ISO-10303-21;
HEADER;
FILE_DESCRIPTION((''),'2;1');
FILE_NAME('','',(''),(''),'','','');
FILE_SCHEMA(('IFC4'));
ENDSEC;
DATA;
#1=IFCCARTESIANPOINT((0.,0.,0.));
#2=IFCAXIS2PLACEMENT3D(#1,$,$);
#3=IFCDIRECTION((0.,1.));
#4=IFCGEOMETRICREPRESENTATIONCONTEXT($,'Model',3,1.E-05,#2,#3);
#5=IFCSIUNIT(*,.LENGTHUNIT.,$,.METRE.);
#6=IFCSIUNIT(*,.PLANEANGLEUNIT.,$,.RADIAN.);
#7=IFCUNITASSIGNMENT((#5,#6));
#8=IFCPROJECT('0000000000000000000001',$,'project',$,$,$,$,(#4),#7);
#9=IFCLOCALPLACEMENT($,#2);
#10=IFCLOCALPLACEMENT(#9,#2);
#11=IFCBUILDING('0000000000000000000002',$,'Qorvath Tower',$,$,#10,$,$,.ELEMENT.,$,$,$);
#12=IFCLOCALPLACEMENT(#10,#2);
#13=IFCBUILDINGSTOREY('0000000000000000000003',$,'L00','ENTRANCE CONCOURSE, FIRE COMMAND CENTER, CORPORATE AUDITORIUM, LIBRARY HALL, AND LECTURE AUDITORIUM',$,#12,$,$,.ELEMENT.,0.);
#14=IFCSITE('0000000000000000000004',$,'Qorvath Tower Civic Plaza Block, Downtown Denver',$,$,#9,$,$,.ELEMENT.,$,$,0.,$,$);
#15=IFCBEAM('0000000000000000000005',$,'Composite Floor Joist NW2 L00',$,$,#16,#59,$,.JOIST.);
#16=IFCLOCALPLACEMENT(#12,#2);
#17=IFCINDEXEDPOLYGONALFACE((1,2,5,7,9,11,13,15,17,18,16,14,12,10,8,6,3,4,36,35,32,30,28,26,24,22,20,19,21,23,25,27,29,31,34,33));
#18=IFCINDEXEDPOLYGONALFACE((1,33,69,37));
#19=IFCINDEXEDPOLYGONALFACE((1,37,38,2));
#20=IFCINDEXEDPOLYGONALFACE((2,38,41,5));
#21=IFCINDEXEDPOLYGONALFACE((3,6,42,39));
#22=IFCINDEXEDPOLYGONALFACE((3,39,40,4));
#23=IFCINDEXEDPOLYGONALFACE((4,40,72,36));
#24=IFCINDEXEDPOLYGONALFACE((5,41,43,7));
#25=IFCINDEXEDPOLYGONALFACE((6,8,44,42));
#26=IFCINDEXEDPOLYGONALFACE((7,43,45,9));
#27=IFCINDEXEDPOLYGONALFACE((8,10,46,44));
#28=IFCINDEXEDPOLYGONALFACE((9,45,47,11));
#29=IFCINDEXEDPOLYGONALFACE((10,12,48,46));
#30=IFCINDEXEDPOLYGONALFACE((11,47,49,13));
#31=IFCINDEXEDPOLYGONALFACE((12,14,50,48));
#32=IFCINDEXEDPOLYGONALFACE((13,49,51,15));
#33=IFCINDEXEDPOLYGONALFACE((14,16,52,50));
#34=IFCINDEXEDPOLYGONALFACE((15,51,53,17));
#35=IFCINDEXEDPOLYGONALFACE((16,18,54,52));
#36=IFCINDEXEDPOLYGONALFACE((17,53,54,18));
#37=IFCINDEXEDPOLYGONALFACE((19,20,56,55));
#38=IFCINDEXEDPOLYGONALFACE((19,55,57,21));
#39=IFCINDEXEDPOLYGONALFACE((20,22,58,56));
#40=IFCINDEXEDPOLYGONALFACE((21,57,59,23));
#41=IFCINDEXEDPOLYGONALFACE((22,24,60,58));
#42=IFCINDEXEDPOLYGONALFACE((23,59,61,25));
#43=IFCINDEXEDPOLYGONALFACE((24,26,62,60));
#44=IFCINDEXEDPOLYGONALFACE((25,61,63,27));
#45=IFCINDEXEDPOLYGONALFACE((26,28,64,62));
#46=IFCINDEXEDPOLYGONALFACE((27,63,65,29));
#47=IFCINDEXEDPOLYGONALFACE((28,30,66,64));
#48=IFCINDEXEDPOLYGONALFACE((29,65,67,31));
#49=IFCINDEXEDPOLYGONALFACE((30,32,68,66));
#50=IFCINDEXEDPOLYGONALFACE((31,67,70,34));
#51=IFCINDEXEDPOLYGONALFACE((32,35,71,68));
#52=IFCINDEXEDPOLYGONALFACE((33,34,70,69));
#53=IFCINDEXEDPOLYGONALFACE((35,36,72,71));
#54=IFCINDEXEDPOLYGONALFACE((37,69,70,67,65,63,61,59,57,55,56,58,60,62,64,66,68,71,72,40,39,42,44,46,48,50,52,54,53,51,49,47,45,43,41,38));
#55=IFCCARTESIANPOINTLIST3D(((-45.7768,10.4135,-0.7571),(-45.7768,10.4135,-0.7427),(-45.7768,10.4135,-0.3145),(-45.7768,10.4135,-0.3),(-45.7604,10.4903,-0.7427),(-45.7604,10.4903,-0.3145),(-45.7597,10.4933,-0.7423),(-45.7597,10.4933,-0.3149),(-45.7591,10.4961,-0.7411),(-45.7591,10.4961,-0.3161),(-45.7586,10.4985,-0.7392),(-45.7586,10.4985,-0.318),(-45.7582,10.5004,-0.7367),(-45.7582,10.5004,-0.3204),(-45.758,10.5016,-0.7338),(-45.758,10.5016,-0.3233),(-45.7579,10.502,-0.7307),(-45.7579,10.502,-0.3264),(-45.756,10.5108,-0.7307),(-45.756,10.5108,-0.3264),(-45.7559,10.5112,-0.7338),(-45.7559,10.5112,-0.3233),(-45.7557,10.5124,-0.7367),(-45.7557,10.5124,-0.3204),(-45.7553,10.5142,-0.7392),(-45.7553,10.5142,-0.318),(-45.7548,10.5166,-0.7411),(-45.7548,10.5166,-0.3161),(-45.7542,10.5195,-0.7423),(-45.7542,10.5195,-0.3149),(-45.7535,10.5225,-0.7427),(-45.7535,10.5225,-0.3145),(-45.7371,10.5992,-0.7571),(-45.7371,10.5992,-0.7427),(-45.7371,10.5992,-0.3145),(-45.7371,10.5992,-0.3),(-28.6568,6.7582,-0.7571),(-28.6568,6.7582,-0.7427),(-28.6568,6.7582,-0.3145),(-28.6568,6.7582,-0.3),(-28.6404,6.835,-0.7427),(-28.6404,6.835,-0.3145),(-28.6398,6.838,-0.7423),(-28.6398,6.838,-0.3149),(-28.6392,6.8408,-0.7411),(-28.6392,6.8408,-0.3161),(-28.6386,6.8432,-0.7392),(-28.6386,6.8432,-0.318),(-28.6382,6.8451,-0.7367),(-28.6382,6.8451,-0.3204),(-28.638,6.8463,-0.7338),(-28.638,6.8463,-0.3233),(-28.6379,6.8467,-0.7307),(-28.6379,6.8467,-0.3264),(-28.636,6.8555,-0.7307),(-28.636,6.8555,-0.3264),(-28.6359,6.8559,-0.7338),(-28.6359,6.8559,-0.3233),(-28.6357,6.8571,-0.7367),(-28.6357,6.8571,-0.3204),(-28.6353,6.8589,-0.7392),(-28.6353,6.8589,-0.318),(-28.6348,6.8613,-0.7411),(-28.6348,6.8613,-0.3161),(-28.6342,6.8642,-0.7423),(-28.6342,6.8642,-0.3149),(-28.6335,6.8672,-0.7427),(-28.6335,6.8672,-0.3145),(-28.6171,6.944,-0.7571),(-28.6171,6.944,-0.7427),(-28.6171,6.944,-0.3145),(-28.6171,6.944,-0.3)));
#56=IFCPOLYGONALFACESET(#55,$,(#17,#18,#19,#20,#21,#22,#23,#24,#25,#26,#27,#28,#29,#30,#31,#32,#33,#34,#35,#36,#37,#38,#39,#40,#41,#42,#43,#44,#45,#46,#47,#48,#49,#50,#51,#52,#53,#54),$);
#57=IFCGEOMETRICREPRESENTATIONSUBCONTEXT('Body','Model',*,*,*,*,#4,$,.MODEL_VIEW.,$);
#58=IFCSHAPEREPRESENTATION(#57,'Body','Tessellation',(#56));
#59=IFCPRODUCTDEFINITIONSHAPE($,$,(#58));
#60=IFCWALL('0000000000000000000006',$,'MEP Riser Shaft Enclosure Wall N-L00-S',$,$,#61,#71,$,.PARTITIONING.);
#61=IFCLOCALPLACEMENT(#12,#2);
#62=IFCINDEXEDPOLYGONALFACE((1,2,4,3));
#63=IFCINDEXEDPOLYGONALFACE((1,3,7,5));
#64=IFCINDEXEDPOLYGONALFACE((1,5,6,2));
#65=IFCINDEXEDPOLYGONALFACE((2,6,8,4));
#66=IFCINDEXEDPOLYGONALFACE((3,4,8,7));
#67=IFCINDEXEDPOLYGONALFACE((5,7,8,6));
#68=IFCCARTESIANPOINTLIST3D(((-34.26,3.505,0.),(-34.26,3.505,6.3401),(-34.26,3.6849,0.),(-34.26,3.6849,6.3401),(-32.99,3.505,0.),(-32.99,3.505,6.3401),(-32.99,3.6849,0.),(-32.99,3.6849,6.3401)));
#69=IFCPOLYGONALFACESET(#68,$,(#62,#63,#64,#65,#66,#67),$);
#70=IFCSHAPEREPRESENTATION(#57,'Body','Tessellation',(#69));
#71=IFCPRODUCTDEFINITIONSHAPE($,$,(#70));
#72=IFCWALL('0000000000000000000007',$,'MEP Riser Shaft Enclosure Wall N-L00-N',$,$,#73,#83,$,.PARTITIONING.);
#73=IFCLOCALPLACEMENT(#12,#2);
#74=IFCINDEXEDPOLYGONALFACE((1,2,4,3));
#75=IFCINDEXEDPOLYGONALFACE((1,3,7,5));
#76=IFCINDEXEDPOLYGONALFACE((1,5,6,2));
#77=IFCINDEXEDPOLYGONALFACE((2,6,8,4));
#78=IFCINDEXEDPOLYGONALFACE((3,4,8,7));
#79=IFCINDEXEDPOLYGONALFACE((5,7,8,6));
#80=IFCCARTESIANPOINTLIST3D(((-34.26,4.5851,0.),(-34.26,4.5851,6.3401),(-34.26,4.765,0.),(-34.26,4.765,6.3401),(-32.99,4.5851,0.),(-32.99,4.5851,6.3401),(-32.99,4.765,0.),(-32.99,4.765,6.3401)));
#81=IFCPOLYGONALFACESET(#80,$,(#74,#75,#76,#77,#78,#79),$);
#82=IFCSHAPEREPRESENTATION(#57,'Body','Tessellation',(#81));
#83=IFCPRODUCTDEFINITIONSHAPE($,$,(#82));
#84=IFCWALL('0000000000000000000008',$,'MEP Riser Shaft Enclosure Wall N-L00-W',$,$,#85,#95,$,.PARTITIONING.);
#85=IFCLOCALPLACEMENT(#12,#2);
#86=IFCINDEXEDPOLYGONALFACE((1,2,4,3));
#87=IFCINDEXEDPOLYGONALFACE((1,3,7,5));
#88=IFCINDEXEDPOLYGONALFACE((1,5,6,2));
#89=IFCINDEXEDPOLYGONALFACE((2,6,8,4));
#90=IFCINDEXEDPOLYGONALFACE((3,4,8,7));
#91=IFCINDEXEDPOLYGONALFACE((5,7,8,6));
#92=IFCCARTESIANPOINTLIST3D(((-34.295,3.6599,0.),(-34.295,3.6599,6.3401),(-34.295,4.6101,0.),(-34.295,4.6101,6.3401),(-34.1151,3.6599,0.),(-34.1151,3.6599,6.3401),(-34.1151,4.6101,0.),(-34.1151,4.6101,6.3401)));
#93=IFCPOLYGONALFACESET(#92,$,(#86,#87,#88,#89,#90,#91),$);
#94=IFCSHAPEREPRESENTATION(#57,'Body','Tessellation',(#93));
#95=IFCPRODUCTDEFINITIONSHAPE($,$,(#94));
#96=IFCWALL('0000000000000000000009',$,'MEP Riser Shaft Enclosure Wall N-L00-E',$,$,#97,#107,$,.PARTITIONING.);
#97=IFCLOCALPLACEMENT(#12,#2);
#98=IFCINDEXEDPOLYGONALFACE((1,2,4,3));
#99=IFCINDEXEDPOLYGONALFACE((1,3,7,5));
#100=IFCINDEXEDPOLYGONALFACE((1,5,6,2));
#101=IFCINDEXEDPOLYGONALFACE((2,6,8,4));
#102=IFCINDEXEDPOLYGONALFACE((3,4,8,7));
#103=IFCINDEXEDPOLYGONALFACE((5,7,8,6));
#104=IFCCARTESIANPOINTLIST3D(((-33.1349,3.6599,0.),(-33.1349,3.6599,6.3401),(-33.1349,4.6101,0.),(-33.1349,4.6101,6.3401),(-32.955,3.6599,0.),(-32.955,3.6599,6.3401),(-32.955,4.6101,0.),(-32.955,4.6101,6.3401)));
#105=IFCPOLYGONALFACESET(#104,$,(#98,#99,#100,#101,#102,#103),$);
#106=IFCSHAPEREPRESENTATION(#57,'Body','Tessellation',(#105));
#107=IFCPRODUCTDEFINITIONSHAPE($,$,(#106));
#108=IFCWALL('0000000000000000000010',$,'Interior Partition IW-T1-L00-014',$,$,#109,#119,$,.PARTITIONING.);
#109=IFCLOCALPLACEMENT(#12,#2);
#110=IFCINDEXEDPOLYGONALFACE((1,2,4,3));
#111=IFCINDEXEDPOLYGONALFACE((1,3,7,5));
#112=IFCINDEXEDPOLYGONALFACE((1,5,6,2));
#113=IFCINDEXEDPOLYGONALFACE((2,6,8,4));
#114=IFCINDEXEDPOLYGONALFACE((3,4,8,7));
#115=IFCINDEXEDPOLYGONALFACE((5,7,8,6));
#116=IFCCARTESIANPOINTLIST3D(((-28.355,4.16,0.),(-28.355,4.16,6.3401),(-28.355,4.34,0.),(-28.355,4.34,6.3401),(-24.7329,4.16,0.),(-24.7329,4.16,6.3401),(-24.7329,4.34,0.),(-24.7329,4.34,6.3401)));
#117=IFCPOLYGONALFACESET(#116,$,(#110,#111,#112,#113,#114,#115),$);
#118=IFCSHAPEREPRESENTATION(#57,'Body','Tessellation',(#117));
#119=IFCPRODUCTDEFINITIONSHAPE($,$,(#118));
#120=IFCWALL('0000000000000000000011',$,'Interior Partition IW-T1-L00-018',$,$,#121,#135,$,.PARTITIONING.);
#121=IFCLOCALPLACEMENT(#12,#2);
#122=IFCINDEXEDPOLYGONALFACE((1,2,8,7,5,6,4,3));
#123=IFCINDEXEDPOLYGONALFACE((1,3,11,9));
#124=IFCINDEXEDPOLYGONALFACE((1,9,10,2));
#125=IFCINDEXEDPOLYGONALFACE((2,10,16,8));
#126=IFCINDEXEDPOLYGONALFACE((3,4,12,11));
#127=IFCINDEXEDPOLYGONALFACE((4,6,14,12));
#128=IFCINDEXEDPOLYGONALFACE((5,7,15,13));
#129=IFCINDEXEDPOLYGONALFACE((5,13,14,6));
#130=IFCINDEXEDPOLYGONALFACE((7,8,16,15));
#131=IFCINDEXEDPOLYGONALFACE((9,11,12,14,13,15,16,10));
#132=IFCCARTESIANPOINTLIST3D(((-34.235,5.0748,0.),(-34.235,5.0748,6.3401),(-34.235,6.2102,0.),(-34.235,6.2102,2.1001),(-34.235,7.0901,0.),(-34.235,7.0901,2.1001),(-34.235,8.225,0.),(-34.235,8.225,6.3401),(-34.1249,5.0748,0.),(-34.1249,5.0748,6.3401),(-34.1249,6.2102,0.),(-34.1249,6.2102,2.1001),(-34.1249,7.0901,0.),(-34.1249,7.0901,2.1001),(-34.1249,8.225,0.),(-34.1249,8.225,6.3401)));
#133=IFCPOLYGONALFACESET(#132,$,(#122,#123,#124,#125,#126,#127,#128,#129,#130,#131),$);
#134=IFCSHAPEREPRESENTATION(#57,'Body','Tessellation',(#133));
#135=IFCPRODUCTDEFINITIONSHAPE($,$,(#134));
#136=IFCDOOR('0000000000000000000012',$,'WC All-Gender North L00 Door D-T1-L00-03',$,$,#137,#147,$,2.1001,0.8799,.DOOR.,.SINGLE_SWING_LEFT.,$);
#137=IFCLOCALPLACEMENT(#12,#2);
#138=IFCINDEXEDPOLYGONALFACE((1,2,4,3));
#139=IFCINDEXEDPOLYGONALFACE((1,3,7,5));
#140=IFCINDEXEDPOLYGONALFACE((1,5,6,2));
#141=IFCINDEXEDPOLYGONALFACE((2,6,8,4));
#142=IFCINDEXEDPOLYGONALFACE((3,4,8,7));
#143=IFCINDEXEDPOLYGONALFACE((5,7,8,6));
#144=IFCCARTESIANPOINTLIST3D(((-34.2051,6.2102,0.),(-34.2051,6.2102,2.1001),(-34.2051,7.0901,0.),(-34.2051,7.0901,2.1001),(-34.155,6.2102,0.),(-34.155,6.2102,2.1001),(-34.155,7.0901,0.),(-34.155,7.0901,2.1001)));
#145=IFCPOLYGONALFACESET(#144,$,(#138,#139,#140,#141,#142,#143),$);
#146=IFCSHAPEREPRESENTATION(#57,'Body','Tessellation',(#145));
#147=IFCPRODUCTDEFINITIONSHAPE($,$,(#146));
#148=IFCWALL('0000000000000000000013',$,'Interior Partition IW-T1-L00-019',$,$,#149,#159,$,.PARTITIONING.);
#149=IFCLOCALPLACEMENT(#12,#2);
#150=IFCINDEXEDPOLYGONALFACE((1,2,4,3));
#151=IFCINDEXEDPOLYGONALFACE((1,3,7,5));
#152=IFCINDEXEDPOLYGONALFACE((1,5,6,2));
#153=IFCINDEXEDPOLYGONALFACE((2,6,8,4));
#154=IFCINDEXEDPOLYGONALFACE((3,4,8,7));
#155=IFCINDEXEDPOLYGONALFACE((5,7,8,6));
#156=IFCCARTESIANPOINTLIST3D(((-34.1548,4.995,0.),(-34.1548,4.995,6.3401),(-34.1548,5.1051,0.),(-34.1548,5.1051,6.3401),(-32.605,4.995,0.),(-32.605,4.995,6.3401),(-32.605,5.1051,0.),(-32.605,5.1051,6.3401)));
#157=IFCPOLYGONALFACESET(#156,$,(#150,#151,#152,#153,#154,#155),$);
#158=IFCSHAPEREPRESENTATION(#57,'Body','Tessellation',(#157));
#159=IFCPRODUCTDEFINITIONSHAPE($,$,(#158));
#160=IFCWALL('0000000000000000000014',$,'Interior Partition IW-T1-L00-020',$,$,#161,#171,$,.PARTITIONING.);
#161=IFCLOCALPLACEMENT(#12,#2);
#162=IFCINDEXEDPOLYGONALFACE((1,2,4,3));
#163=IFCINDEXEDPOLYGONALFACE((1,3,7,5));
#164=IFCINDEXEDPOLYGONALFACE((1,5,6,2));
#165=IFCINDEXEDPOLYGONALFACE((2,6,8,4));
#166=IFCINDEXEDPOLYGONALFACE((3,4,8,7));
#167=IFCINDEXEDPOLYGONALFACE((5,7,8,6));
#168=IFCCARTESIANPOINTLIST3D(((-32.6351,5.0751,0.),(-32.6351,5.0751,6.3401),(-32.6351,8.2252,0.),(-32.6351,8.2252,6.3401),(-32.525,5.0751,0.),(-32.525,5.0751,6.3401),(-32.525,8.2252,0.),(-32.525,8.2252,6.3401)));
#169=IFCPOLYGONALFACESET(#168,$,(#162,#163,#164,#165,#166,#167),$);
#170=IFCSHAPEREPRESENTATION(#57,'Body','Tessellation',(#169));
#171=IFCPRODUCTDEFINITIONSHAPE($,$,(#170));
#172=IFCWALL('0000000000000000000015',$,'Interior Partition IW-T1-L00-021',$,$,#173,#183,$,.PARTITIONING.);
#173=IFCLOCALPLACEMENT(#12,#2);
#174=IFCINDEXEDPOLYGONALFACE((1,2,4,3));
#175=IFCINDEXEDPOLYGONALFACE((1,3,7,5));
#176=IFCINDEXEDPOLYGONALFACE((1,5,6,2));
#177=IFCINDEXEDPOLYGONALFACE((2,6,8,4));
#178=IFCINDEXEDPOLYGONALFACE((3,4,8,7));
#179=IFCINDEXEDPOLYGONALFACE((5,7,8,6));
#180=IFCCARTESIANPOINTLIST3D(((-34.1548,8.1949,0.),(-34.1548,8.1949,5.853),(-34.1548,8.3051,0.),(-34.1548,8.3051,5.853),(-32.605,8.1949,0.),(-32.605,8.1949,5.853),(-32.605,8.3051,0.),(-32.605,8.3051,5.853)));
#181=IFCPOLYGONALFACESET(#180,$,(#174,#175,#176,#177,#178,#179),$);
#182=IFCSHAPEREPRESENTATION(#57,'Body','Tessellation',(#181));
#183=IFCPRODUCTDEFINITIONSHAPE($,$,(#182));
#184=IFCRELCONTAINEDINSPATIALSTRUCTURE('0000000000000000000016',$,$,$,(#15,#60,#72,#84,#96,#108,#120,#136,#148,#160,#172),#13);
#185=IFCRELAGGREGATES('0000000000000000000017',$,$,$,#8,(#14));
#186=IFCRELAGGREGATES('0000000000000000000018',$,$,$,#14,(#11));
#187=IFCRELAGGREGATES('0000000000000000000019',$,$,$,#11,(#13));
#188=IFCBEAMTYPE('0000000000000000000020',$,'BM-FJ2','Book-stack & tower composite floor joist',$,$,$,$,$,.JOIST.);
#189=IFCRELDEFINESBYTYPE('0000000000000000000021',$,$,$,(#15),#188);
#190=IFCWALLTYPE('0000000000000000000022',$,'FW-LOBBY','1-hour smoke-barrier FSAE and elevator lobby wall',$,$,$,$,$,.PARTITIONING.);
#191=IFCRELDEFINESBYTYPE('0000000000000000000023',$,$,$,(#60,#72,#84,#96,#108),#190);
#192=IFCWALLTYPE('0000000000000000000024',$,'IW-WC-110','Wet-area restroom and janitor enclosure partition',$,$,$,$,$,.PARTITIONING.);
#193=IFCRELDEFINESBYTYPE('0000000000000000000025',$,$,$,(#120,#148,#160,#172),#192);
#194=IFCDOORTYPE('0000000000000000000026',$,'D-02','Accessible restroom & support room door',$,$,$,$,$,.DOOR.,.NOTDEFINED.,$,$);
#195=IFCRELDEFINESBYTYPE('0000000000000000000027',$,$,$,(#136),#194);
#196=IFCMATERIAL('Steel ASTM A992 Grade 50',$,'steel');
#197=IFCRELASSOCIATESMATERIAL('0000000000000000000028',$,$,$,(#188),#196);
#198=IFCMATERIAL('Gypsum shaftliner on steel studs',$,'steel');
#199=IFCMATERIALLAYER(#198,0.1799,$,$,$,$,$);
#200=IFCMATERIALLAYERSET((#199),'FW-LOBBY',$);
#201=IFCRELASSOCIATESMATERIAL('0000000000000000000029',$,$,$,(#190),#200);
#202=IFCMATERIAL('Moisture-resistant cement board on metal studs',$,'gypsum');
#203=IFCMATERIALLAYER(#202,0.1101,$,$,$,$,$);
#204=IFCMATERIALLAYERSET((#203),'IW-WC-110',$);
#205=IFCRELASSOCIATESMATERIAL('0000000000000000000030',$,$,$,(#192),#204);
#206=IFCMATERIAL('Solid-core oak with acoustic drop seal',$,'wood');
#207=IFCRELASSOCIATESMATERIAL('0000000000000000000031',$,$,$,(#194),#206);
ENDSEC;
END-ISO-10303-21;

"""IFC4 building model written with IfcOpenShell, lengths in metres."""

from ifc_helpers import new_model, si_unit, direction, frame, frame_2d, origin, origin_2d, place, context, subcontext, project, spatial, rectangle, i_section, extrude, material, layer, layer_set, material_profile, profile_set, type_object, element, fill, save


model = new_model("IFC4")

# Units and contexts
model_context = context("Model", 3, precision=1e-05, world=origin(), true_north=direction((0.0, 1.0)))
body_context = subcontext(model_context, "Body", "Model", "MODEL_VIEW")
ifc_project = project(units=[si_unit("LENGTHUNIT", "METRE"), si_unit("PLANEANGLEUNIT", "RADIAN")], contexts=[model_context])

# Site, building, storey
site_placement = place(None, origin())
site = spatial("IfcSite", under=ifc_project, at=site_placement, Name="Qorvath Tower Civic Plaza Block, Downtown Denver", CompositionType="ELEMENT", RefElevation=0.0)
building_placement = place(site_placement, origin())
building = spatial("IfcBuilding", under=site, at=building_placement, Name="Qorvath Tower", CompositionType="ELEMENT")
storey_placement = place(building_placement, origin())
storey = spatial("IfcBuildingStorey", under=building, at=storey_placement, Name="L00", Description="ENTRANCE CONCOURSE, FIRE COMMAND CENTER, CORPORATE AUDITORIUM, LIBRARY HALL, AND LECTURE AUDITORIUM", CompositionType="ELEMENT", Elevation=0.0)

# Beam
ifc_material_1 = material(Name="Steel ASTM A992 Grade 50", Category="steel")
ifc_material_profile_1 = material_profile(ifc_material_1, i_section(OverallWidth=0.1899, OverallDepth=0.457, WebThickness=0.009, FlangeThickness=0.0144, FilletRadius=0.012, at=origin_2d()), Name="W18x50")
ifc_profile_set_1 = profile_set([ifc_material_profile_1], Name="Steel ASTM A992 Grade 50")
beam_type_1 = type_object("IfcBeamType", Name="BM-FJ2", Description="Book-stack & tower composite floor joist", PredefinedType="JOIST", material=ifc_profile_set_1)
beam_1_placement = place(storey_placement, frame((-28.637, 6.8511, -0.5286), z_axis=(-0.977957, 0.208804, 0.0), x_axis=(-0.208804, -0.977957, 0.0)))
element("IfcBeam", 1, at=beam_1_placement, inside=storey, type_object=beam_type_1, Name="Composite Floor Joist NW2 L00", PredefinedType="JOIST", context=body_context, shape_type="SweptSolid", body=[
    extrude(i_section(OverallWidth=0.1899, OverallDepth=0.457, WebThickness=0.009, FlangeThickness=0.0144, FilletRadius=0.012, at=origin_2d()), origin(), (0.0, 0.0, 1.0), 17.5059),
])

# Walls
ifc_material_2 = material(Name="Gypsum shaftliner on steel studs", Category="steel")
ifc_layer_1 = layer(ifc_material_2, 0.1799)
ifc_layer_set_1 = layer_set([ifc_layer_1], Name="FW-LOBBY")
wall_type_1 = type_object("IfcWallType", Name="FW-LOBBY", Description="1-hour smoke-barrier FSAE and elevator lobby wall", PredefinedType="PARTITIONING", material=ifc_layer_set_1)
for number, where, z_axis, x_axis, name in (
    (2, (-32.99, 3.595, 0.0), (0.0, 0.0, 1.0), (-1.0, 0.0, 0.0), "MEP Riser Shaft Enclosure Wall N-L00-S"),
    (3, (-34.26, 4.675, 0.0), (0.0, 0.0, 1.0), (1.0, 0.0, 0.0), "MEP Riser Shaft Enclosure Wall N-L00-N"),
):
    element("IfcWall", number, at=place(storey_placement, frame(where, z_axis=z_axis, x_axis=x_axis)), inside=storey, type_object=wall_type_1, Name=name, PredefinedType="PARTITIONING", context=body_context, shape_type="SweptSolid", body=[
        extrude(rectangle(XDim=1.27, YDim=0.1799, at=frame_2d((0.635, 0.0))), origin(), (0.0, 0.0, 1.0), 6.3401),
    ])
for number, where, z_axis, x_axis, name in (
    (4, (-34.2051, 3.6599, 0.0), (0.0, 0.0, 1.0), (0.0, 1.0, 0.0), "MEP Riser Shaft Enclosure Wall N-L00-W"),
    (5, (-33.0449, 4.6101, 0.0), (0.0, 0.0, 1.0), (0.0, -1.0, 0.0), "MEP Riser Shaft Enclosure Wall N-L00-E"),
):
    element("IfcWall", number, at=place(storey_placement, frame(where, z_axis=z_axis, x_axis=x_axis)), inside=storey, type_object=wall_type_1, Name=name, PredefinedType="PARTITIONING", context=body_context, shape_type="SweptSolid", body=[
        extrude(rectangle(XDim=0.9502, YDim=0.1799, at=frame_2d((0.4751, 0.0))), origin(), (0.0, 0.0, 1.0), 6.3401),
    ])
wall_1_placement = place(storey_placement, frame((-28.355, 4.25, 0.0), z_axis=(0.0, 0.0, 1.0), x_axis=(1.0, 0.0, 0.0)))
element("IfcWall", 6, at=wall_1_placement, inside=storey, type_object=wall_type_1, Name="Interior Partition IW-T1-L00-014", PredefinedType="PARTITIONING", context=body_context, shape_type="SweptSolid", body=[
    extrude(rectangle(XDim=3.6221, YDim=0.1799, at=frame_2d((1.811, 0.0))), origin(), (0.0, 0.0, 1.0), 6.3401),
])

# Wall, opening, door
ifc_material_3 = material(Name="Moisture-resistant cement board on metal studs", Category="gypsum")
ifc_layer_2 = layer(ifc_material_3, 0.1101)
ifc_layer_set_2 = layer_set([ifc_layer_2], Name="IW-WC-110")
wall_type_2 = type_object("IfcWallType", Name="IW-WC-110", Description="Wet-area restroom and janitor enclosure partition", PredefinedType="PARTITIONING", material=ifc_layer_set_2)
wall_2_placement = place(storey_placement, frame((-34.1799, 8.2251, 0.0), z_axis=(0.0, 0.0, 1.0), x_axis=(0.0, -1.0, 0.0)))
wall_2 = element("IfcWall", 7, at=wall_2_placement, inside=storey, type_object=wall_type_2, Name="Interior Partition IW-T1-L00-018", PredefinedType="PARTITIONING", context=body_context, shape_type="SweptSolid", body=[
    extrude(rectangle(XDim=3.1501, YDim=0.1101, at=frame_2d((1.5752, 0.0))), origin(), (0.0, 0.0, 1.0), 6.3401),
])
opening_1_placement = place(wall_2_placement, frame((1.135, 0.0, 0.0)))
opening_1 = element("IfcOpeningElement", 8, at=opening_1_placement, cuts=wall_2, PredefinedType="OPENING", context=body_context, shape_type="SweptSolid", body=[
    extrude(rectangle(XDim=0.8799, YDim=2.1001, at=frame_2d((0.4399, 1.05))), frame((0.0, 0.0649, 0.0), z_axis=(0.0, -1.0, 0.0), x_axis=(1.0, 0.0, 0.0)), (0.0, 0.0, 1.0), 0.1301),
])
ifc_material_4 = material(Name="Solid-core oak with acoustic drop seal", Category="wood")
door_type_1 = type_object("IfcDoorType", Name="D-02", Description="Accessible restroom & support room door", OperationType="NOTDEFINED", PredefinedType="DOOR", material=ifc_material_4)
door_1_placement = place(opening_1_placement, origin())
door_1 = element("IfcDoor", 9, at=door_1_placement, inside=storey, type_object=door_type_1, Name="WC All-Gender North L00 Door D-T1-L00-03", OperationType="SINGLE_SWING_LEFT", OverallHeight=2.1001, OverallWidth=0.8799, PredefinedType="DOOR", context=body_context, shape_type="SweptSolid", body=[
    extrude(rectangle(XDim=0.8799, YDim=2.1001, at=frame_2d((0.4399, 1.05))), frame((0.0, 0.0249, 0.0), z_axis=(0.0, -1.0, 0.0), x_axis=(1.0, 0.0, 0.0)), (0.0, 0.0, 1.0), 0.05),
])
fill(opening_1, door_1)

# Walls
wall_3_placement = place(storey_placement, frame((-34.1548, 5.05, 0.0), z_axis=(0.0, 0.0, 1.0), x_axis=(1.0, 0.0, 0.0)))
element("IfcWall", 10, at=wall_3_placement, inside=storey, type_object=wall_type_2, Name="Interior Partition IW-T1-L00-019", PredefinedType="PARTITIONING", context=body_context, shape_type="SweptSolid", body=[
    extrude(rectangle(XDim=1.5498, YDim=0.1101, at=frame_2d((0.7749, 0.0))), origin(), (0.0, 0.0, 1.0), 6.3401),
])
wall_4_placement = place(storey_placement, frame((-32.5801, 5.075, 0.0), z_axis=(0.0, 0.0, 1.0), x_axis=(0.0, 1.0, 0.0)))
element("IfcWall", 11, at=wall_4_placement, inside=storey, type_object=wall_type_2, Name="Interior Partition IW-T1-L00-020", PredefinedType="PARTITIONING", context=body_context, shape_type="SweptSolid", body=[
    extrude(rectangle(XDim=3.1501, YDim=0.1101, at=frame_2d((1.5752, 0.0))), origin(), (0.0, 0.0, 1.0), 6.3401),
])
wall_5_placement = place(storey_placement, frame((-32.605, 8.25, 0.0), z_axis=(0.0, 0.0, 1.0), x_axis=(-1.0, 0.0, 0.0)))
element("IfcWall", 12, at=wall_5_placement, inside=storey, type_object=wall_type_2, Name="Interior Partition IW-T1-L00-021", PredefinedType="PARTITIONING", context=body_context, shape_type="SweptSolid", body=[
    extrude(rectangle(XDim=1.5498, YDim=0.1101, at=frame_2d((0.7749, 0.0))), origin(), (0.0, 0.0, 1.0), 5.853),
])

save(model, "model.ifc")
